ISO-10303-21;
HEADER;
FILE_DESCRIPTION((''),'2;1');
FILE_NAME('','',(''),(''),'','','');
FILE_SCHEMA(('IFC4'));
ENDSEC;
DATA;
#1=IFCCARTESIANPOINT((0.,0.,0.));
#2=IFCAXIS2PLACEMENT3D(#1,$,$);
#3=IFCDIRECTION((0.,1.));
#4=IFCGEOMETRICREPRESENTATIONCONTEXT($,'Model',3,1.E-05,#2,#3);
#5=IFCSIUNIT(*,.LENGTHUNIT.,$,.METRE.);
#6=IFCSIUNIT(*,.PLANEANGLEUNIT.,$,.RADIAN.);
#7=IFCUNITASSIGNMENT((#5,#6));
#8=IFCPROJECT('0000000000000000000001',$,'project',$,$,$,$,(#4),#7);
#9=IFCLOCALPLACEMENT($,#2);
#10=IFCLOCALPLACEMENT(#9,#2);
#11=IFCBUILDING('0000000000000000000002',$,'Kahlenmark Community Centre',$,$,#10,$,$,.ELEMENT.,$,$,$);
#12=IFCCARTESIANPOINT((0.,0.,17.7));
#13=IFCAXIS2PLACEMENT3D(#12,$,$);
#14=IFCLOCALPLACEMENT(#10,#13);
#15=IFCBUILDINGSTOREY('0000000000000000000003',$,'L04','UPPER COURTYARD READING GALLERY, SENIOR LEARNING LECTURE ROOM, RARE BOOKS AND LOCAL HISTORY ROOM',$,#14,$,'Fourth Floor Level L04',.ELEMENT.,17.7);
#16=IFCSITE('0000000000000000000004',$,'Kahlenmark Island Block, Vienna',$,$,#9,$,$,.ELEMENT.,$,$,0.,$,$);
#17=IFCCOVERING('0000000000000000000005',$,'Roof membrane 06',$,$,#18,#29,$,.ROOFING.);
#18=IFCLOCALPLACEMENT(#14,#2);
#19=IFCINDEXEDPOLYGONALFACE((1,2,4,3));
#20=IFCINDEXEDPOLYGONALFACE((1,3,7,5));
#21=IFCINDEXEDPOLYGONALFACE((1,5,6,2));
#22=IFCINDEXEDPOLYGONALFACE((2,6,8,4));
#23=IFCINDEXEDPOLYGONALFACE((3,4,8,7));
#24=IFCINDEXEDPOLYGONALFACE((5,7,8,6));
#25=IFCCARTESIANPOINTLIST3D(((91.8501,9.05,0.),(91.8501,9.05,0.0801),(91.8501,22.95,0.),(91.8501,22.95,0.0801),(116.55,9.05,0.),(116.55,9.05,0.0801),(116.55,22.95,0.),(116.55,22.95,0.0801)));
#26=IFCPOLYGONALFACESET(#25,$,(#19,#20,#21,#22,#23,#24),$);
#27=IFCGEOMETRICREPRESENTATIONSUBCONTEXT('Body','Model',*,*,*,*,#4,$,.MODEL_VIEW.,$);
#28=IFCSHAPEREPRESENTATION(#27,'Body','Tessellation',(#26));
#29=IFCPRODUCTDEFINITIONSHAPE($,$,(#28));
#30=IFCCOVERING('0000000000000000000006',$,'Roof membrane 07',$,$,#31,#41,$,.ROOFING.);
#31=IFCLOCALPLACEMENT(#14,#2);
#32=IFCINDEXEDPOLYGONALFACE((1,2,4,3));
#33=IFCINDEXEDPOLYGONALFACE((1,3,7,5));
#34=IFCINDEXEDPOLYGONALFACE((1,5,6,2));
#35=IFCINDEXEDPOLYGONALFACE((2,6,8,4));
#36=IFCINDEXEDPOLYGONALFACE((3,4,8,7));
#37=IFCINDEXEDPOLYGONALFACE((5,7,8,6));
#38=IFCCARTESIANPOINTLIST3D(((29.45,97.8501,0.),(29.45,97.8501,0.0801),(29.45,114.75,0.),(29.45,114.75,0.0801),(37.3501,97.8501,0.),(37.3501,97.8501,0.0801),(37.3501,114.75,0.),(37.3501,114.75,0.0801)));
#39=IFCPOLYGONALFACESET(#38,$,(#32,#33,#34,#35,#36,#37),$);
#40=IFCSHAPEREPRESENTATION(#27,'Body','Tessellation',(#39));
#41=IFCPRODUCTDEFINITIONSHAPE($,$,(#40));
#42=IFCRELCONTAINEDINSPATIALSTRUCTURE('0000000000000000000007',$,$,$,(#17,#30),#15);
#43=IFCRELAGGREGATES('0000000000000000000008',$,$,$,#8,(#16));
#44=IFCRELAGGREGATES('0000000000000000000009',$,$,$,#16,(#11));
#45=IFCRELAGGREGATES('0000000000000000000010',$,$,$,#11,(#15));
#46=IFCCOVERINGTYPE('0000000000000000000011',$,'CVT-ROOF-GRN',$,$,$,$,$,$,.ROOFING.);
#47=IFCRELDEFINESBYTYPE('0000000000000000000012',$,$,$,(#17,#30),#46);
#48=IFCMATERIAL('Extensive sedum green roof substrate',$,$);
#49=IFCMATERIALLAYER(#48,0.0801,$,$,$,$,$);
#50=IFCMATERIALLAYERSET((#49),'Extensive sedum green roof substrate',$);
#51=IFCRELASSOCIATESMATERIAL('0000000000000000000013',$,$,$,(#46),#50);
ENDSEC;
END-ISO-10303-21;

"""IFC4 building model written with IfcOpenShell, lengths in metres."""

from ifc_helpers import new_model, si_unit, direction, frame, origin, place, context, subcontext, project, spatial, polyline, outline, extrude, material, layer, layer_set, type_object, element, save


model = new_model("IFC4")

# Units and contexts
model_context = context("Model", 3, precision=1e-05, world=origin(), true_north=direction((0.0, 1.0)))
body_context = subcontext(model_context, "Body", "Model", "MODEL_VIEW")
ifc_project = project(units=[si_unit("LENGTHUNIT", "METRE"), si_unit("PLANEANGLEUNIT", "RADIAN")], contexts=[model_context])

# Site, building, storey
site_placement = place(None, origin())
site = spatial("IfcSite", under=ifc_project, at=site_placement, Name="Kahlenmark Island Block, Vienna", CompositionType="ELEMENT", RefElevation=0.0)
building_placement = place(site_placement, origin())
building = spatial("IfcBuilding", under=site, at=building_placement, Name="Kahlenmark Community Centre", CompositionType="ELEMENT")
storey_placement = place(building_placement, frame((0.0, 0.0, 17.7)))
storey = spatial("IfcBuildingStorey", under=building, at=storey_placement, Name="L04", Description="UPPER COURTYARD READING GALLERY, SENIOR LEARNING LECTURE ROOM, RARE BOOKS AND LOCAL HISTORY ROOM", LongName="Fourth Floor Level L04", CompositionType="ELEMENT", Elevation=17.7)

# Coverings
ifc_material_1 = material(Name="Extensive sedum green roof substrate")
ifc_layer_1 = layer(ifc_material_1, 0.0801)
ifc_layer_set_1 = layer_set([ifc_layer_1], Name="Extensive sedum green roof substrate")
covering_type_1 = type_object("IfcCoveringType", Name="CVT-ROOF-GRN", PredefinedType="ROOFING", material=ifc_layer_set_1)
covering_1_placement = place(storey_placement, origin())
element("IfcCovering", 1, at=covering_1_placement, inside=storey, type_object=covering_type_1, Name="Roof membrane 06", PredefinedType="ROOFING", context=body_context, shape_type="SweptSolid", body=[
    extrude(outline(polyline([(91.8501, 9.05), (116.55, 9.05), (116.55, 22.95), (91.8501, 22.95), (91.8501, 9.05)])), origin(), (0.0, 0.0, 1.0), 0.0801),
])
covering_2_placement = place(storey_placement, origin())
element("IfcCovering", 2, at=covering_2_placement, inside=storey, type_object=covering_type_1, Name="Roof membrane 07", PredefinedType="ROOFING", context=body_context, shape_type="SweptSolid", body=[
    extrude(outline(polyline([(29.45, 97.8501), (37.3501, 97.8501), (37.3501, 114.75), (29.45, 114.75), (29.45, 97.8501)])), origin(), (0.0, 0.0, 1.0), 0.0801),
])

save(model, "model.ifc")
